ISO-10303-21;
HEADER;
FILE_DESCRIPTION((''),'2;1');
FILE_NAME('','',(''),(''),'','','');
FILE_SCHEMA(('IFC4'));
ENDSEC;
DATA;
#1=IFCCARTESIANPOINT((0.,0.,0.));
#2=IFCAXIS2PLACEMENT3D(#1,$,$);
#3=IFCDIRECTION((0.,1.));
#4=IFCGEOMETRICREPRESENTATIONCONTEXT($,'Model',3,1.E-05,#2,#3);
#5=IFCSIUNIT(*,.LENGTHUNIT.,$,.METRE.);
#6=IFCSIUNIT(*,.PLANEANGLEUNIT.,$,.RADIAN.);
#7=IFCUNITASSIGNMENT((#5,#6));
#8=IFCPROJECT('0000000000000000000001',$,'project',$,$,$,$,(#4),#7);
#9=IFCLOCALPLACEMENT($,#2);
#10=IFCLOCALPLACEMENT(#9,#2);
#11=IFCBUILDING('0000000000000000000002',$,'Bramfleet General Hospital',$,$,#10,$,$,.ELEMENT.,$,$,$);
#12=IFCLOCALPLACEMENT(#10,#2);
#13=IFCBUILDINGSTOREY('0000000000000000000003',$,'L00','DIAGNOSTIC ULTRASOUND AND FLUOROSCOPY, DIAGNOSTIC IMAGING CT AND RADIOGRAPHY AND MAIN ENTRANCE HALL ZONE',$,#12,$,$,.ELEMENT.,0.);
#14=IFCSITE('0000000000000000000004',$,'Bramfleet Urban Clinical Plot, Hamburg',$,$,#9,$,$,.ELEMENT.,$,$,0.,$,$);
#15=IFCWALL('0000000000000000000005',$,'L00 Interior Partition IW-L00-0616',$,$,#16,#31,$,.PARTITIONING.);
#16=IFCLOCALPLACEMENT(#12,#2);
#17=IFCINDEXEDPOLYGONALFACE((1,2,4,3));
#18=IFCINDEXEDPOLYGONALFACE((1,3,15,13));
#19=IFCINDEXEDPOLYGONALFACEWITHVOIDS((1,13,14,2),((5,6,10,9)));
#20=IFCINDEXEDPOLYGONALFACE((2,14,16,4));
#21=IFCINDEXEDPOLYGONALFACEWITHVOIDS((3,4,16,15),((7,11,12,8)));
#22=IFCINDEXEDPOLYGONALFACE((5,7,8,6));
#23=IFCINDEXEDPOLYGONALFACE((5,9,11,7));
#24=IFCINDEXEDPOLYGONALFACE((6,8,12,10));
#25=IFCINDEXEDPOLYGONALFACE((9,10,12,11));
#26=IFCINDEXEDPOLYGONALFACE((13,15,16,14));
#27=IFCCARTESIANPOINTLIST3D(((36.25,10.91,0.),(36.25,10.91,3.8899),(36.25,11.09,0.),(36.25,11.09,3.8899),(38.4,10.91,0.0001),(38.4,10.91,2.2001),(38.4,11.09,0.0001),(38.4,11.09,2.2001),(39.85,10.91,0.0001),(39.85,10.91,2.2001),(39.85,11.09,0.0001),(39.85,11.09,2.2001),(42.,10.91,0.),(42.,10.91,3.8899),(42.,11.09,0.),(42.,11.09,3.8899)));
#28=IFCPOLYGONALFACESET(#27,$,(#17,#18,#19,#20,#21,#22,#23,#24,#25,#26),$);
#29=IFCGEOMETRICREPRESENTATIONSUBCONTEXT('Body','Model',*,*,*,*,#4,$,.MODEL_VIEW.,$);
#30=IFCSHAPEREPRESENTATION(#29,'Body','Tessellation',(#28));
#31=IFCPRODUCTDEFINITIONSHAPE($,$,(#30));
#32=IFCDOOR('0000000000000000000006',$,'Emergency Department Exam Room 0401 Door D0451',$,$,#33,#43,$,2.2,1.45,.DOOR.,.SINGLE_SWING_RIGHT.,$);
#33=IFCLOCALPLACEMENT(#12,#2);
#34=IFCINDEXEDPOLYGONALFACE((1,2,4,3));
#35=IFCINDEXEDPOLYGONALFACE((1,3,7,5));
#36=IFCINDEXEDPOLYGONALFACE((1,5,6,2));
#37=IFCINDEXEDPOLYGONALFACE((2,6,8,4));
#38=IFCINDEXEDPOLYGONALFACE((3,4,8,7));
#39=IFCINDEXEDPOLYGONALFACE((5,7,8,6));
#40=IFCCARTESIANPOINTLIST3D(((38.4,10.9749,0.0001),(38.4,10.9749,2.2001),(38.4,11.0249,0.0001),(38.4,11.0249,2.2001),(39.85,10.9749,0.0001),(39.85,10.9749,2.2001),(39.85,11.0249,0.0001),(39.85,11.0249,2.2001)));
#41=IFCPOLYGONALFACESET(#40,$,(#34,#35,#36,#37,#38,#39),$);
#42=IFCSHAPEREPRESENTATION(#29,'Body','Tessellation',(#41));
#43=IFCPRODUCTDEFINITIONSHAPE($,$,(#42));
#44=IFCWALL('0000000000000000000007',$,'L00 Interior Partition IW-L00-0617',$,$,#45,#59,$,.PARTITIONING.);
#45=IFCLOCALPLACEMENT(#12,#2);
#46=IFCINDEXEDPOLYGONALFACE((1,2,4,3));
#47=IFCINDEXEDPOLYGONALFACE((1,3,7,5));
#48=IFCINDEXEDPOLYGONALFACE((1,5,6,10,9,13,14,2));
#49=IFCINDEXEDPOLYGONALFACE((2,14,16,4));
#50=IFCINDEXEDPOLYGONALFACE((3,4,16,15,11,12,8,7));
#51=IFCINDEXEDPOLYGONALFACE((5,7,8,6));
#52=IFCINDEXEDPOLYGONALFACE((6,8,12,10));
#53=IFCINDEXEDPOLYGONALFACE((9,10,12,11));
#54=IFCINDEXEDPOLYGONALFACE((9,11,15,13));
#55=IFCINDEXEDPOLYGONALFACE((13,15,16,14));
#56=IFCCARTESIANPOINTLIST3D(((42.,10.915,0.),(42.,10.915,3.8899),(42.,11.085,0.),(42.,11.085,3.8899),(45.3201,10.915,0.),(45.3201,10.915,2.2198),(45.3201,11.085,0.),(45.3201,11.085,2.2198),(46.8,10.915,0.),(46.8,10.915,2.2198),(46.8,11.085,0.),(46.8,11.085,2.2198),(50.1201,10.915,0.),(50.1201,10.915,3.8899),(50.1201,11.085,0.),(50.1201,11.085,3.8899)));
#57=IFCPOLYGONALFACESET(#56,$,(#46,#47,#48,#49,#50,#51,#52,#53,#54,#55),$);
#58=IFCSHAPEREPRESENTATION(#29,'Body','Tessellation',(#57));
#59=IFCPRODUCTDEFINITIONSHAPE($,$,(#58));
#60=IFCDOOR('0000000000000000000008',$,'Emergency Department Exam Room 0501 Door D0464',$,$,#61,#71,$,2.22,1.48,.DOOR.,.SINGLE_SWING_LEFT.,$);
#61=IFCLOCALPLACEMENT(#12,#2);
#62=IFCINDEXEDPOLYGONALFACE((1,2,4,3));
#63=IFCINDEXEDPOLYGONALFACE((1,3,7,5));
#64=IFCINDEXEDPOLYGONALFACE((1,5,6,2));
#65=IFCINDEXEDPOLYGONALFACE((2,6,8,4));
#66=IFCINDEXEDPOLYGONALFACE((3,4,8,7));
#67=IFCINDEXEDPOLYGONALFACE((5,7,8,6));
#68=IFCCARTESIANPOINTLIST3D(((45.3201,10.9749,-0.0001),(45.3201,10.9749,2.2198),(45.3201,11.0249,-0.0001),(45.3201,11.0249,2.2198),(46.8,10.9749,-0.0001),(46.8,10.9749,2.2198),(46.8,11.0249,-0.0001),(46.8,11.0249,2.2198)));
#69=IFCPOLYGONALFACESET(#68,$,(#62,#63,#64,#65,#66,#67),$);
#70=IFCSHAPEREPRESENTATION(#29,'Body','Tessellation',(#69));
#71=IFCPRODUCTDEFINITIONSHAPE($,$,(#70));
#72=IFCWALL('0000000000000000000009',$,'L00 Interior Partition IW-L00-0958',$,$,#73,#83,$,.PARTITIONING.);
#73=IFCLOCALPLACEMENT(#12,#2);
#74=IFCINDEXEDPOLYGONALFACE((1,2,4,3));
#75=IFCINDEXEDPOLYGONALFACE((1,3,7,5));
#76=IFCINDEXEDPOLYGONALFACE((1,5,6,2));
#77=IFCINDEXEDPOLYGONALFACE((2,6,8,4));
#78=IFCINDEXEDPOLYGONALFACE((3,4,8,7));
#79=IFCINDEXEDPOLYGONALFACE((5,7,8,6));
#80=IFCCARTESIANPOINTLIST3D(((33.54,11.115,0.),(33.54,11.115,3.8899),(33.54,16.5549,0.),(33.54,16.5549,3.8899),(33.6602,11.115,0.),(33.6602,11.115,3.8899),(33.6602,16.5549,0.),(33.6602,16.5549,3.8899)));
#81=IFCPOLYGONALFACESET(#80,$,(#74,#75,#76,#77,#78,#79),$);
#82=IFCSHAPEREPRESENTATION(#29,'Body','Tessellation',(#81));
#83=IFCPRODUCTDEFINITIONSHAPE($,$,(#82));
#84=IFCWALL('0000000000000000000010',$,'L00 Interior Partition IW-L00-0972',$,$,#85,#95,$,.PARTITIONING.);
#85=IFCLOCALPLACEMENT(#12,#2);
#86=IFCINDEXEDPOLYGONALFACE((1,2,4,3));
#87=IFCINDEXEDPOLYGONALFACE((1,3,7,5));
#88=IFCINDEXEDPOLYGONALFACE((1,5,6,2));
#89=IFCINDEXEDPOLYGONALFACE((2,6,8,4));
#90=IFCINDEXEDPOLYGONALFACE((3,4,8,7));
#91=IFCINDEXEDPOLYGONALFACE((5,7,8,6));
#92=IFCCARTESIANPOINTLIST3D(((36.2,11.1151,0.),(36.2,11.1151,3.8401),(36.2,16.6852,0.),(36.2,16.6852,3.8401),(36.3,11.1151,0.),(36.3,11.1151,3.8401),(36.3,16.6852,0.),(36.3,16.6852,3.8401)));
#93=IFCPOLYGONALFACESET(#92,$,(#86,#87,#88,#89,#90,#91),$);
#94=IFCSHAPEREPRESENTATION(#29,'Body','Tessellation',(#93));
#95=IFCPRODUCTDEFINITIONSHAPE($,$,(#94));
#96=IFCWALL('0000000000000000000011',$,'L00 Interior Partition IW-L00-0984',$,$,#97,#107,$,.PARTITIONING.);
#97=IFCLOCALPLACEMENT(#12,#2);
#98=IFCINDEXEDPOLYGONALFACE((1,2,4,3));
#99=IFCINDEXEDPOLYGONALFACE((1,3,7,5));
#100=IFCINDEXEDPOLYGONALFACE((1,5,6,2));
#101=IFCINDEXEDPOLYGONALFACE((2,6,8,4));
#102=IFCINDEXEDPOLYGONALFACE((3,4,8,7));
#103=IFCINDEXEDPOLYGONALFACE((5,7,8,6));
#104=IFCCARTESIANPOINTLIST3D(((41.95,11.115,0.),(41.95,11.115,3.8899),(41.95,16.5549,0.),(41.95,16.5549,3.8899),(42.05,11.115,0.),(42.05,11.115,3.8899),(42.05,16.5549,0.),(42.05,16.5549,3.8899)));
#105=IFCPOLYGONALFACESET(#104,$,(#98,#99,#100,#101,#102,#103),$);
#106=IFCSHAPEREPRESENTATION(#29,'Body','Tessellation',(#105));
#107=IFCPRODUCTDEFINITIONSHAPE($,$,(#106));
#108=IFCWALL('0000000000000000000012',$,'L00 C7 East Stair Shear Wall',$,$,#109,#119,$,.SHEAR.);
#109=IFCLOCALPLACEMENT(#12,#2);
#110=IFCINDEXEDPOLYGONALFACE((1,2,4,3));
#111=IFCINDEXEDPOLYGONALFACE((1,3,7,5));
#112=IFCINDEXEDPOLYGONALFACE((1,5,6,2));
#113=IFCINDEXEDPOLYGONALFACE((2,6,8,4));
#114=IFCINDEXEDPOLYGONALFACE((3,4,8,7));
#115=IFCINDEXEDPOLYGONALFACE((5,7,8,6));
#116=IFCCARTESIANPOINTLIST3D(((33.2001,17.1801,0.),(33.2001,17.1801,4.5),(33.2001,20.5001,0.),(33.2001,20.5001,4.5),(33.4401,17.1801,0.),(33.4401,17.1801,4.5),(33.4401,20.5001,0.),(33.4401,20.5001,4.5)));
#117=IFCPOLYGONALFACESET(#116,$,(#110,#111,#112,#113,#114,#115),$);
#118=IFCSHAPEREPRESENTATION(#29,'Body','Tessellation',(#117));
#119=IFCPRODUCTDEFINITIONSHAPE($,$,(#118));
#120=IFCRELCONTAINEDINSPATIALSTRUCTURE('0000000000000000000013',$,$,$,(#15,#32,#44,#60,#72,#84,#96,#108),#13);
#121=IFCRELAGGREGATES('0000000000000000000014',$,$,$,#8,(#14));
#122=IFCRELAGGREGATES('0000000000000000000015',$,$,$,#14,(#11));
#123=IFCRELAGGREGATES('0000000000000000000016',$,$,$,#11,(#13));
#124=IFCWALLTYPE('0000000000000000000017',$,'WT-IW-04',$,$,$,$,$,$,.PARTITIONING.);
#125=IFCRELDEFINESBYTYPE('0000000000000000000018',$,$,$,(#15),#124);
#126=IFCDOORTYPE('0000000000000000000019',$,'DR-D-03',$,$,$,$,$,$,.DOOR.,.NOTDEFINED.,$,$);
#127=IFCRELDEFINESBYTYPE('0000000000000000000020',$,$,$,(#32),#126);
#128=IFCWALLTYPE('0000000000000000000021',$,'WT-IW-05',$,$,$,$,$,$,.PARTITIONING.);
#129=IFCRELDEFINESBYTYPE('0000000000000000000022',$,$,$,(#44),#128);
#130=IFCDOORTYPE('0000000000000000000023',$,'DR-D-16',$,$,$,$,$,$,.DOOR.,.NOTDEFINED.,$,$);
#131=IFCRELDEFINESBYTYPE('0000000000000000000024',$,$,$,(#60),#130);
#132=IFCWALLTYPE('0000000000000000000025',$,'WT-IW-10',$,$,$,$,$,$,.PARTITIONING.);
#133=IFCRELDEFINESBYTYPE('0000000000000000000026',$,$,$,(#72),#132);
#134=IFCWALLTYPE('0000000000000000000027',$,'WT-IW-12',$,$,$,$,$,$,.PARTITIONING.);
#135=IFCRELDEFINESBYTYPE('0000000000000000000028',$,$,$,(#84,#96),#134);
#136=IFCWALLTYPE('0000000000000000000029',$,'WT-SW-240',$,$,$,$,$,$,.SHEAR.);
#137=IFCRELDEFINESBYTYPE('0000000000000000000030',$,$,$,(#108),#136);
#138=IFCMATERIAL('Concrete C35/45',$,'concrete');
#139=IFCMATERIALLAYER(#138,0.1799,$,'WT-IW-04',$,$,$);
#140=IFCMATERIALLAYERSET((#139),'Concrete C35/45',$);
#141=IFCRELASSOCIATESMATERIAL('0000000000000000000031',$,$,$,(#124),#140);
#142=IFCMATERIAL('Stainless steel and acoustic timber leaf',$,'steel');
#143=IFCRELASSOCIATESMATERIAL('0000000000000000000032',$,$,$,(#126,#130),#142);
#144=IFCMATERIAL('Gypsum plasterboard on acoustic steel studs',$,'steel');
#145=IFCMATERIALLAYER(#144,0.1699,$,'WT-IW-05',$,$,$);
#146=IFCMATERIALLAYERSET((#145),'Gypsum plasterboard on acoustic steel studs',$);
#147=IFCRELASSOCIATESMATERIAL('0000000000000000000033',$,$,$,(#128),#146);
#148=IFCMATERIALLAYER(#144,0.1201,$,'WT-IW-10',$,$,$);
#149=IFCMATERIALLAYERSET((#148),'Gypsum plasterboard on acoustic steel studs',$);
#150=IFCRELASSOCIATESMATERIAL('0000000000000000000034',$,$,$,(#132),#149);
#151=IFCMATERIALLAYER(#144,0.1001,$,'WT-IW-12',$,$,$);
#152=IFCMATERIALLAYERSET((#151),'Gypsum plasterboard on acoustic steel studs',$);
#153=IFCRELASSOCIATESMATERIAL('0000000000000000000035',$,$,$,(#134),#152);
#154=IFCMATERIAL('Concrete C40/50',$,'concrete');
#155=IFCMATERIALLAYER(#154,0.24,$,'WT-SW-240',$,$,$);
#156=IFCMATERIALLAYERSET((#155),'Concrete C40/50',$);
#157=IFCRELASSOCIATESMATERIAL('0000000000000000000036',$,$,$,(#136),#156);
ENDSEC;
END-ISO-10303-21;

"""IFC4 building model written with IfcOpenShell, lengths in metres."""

from ifc_helpers import new_model, si_unit, direction, frame, frame_2d, origin, place, context, subcontext, project, spatial, rectangle, extrude, material, layer, layer_set, type_object, element, fill, save


model = new_model("IFC4")

# Units and contexts
model_context = context("Model", 3, precision=1e-05, world=origin(), true_north=direction((0.0, 1.0)))
body_context = subcontext(model_context, "Body", "Model", "MODEL_VIEW")
ifc_project = project(units=[si_unit("LENGTHUNIT", "METRE"), si_unit("PLANEANGLEUNIT", "RADIAN")], contexts=[model_context])

# Site, building, storey
site_placement = place(None, origin())
site = spatial("IfcSite", under=ifc_project, at=site_placement, Name="Bramfleet Urban Clinical Plot, Hamburg", CompositionType="ELEMENT", RefElevation=0.0)
building_placement = place(site_placement, origin())
building = spatial("IfcBuilding", under=site, at=building_placement, Name="Bramfleet General Hospital", CompositionType="ELEMENT")
storey_placement = place(building_placement, origin())
storey = spatial("IfcBuildingStorey", under=building, at=storey_placement, Name="L00", Description="DIAGNOSTIC ULTRASOUND AND FLUOROSCOPY, DIAGNOSTIC IMAGING CT AND RADIOGRAPHY AND MAIN ENTRANCE HALL ZONE", CompositionType="ELEMENT", Elevation=0.0)

# Shared definitions
ifc_material_1 = material(Name="Concrete C40/50", Category="concrete")

# Shared definitions
ifc_material_2 = material(Name="Concrete C35/45", Category="concrete")

# Walls, openings, doors
ifc_layer_1 = layer(ifc_material_2, 0.1799, Name="WT-IW-04")
ifc_layer_set_1 = layer_set([ifc_layer_1], Name="Concrete C35/45")
wall_type_1 = type_object("IfcWallType", Name="WT-IW-04", PredefinedType="PARTITIONING", material=ifc_layer_set_1)
ifc_material_3 = material(Name="Stainless steel and acoustic timber leaf", Category="steel")
wall_1_placement = place(storey_placement, frame((36.25, 11.0, 0.0), z_axis=(0.0, 0.0, 1.0), x_axis=(1.0, 0.0, 0.0)))
wall_1 = element("IfcWall", 1, at=wall_1_placement, inside=storey, type_object=wall_type_1, Name="L00 Interior Partition IW-L00-0616", PredefinedType="PARTITIONING", context=body_context, shape_type="SweptSolid", body=[
    extrude(rectangle(XDim=5.75, YDim=0.1799, at=frame_2d((2.875, 0.0))), origin(), (0.0, 0.0, 1.0), 3.8899),
])
opening_1_placement = place(wall_1_placement, frame((2.1499, 0.0, 0.0)))
opening_1 = element("IfcOpeningElement", 2, at=opening_1_placement, cuts=wall_1, PredefinedType="OPENING", context=body_context, shape_type="SweptSolid", body=[
    extrude(rectangle(XDim=1.45, YDim=2.2, at=frame_2d((0.7251, 1.1001))), frame((0.0, 0.0999, 0.0), z_axis=(0.0, -1.0, 0.0), x_axis=(1.0, 0.0, 0.0)), (0.0, 0.0, 1.0), 0.2),
])
door_type_1 = type_object("IfcDoorType", Name="DR-D-03", OperationType="NOTDEFINED", PredefinedType="DOOR", material=ifc_material_3)
door_1_placement = place(opening_1_placement, origin())
door_1 = element("IfcDoor", 3, at=door_1_placement, inside=storey, type_object=door_type_1, Name="Emergency Department Exam Room 0401 Door D0451", OperationType="SINGLE_SWING_RIGHT", OverallHeight=2.2, OverallWidth=1.45, PredefinedType="DOOR", context=body_context, shape_type="SweptSolid", body=[
    extrude(rectangle(XDim=1.45, YDim=2.2, at=frame_2d((0.7251, 1.1001))), frame((0.0, 0.0249, 0.0), z_axis=(0.0, -1.0, 0.0), x_axis=(1.0, 0.0, 0.0)), (0.0, 0.0, 1.0), 0.05),
])
fill(opening_1, door_1)
ifc_material_4 = material(Name="Gypsum plasterboard on acoustic steel studs", Category="steel")
ifc_layer_2 = layer(ifc_material_4, 0.1699, Name="WT-IW-05")
ifc_layer_set_2 = layer_set([ifc_layer_2], Name="Gypsum plasterboard on acoustic steel studs")
wall_type_2 = type_object("IfcWallType", Name="WT-IW-05", PredefinedType="PARTITIONING", material=ifc_layer_set_2)
wall_2_placement = place(storey_placement, frame((42.0, 11.0, 0.0), z_axis=(0.0, 0.0, 1.0), x_axis=(1.0, 0.0, 0.0)))
wall_2 = element("IfcWall", 4, at=wall_2_placement, inside=storey, type_object=wall_type_2, Name="L00 Interior Partition IW-L00-0617", PredefinedType="PARTITIONING", context=body_context, shape_type="SweptSolid", body=[
    extrude(rectangle(XDim=8.1201, YDim=0.1699, at=frame_2d((4.0601, 0.0))), origin(), (0.0, 0.0, 1.0), 3.8899),
])
opening_2_placement = place(wall_2_placement, frame((3.3201, 0.0, 0.0)))
opening_2 = element("IfcOpeningElement", 5, at=opening_2_placement, cuts=wall_2, PredefinedType="OPENING", context=body_context, shape_type="SweptSolid", body=[
    extrude(rectangle(XDim=1.48, YDim=2.22, at=frame_2d((0.74, 1.1099))), frame((0.0, 0.095, 0.0), z_axis=(0.0, -1.0, 0.0), x_axis=(1.0, 0.0, 0.0)), (0.0, 0.0, 1.0), 0.1899),
])
door_type_2 = type_object("IfcDoorType", Name="DR-D-16", OperationType="NOTDEFINED", PredefinedType="DOOR", material=ifc_material_3)
door_2_placement = place(opening_2_placement, origin())
door_2 = element("IfcDoor", 6, at=door_2_placement, inside=storey, type_object=door_type_2, Name="Emergency Department Exam Room 0501 Door D0464", OperationType="SINGLE_SWING_LEFT", OverallHeight=2.22, OverallWidth=1.48, PredefinedType="DOOR", context=body_context, shape_type="SweptSolid", body=[
    extrude(rectangle(XDim=1.48, YDim=2.22, at=frame_2d((0.74, 1.1099))), frame((0.0, 0.0249, 0.0), z_axis=(0.0, -1.0, 0.0), x_axis=(1.0, 0.0, 0.0)), (0.0, 0.0, 1.0), 0.05),
])
fill(opening_2, door_2)

# Walls
ifc_layer_3 = layer(ifc_material_4, 0.1201, Name="WT-IW-10")
ifc_layer_set_3 = layer_set([ifc_layer_3], Name="Gypsum plasterboard on acoustic steel studs")
wall_type_3 = type_object("IfcWallType", Name="WT-IW-10", PredefinedType="PARTITIONING", material=ifc_layer_set_3)
wall_3_placement = place(storey_placement, frame((33.6001, 11.115, 0.0), z_axis=(0.0, 0.0, 1.0), x_axis=(0.0, 1.0, 0.0)))
element("IfcWall", 7, at=wall_3_placement, inside=storey, type_object=wall_type_3, Name="L00 Interior Partition IW-L00-0958", PredefinedType="PARTITIONING", context=body_context, shape_type="SweptSolid", body=[
    extrude(rectangle(XDim=5.4399, YDim=0.1201, at=frame_2d((2.72, 0.0))), origin(), (0.0, 0.0, 1.0), 3.8899),
])
ifc_layer_4 = layer(ifc_material_4, 0.1001, Name="WT-IW-12")
ifc_layer_set_4 = layer_set([ifc_layer_4], Name="Gypsum plasterboard on acoustic steel studs")
wall_type_4 = type_object("IfcWallType", Name="WT-IW-12", PredefinedType="PARTITIONING", material=ifc_layer_set_4)
wall_4_placement = place(storey_placement, frame((36.25, 11.115, 0.0), z_axis=(0.0, 0.0, 1.0), x_axis=(0.0, 1.0, 0.0)))
element("IfcWall", 8, at=wall_4_placement, inside=storey, type_object=wall_type_4, Name="L00 Interior Partition IW-L00-0972", PredefinedType="PARTITIONING", context=body_context, shape_type="SweptSolid", body=[
    extrude(rectangle(XDim=5.5701, YDim=0.1001, at=frame_2d((2.7852, 0.0))), origin(), (0.0, 0.0, 1.0), 3.8401),
])
wall_5_placement = place(storey_placement, frame((42.0, 11.115, 0.0), z_axis=(0.0, 0.0, 1.0), x_axis=(0.0, 1.0, 0.0)))
element("IfcWall", 9, at=wall_5_placement, inside=storey, type_object=wall_type_4, Name="L00 Interior Partition IW-L00-0984", PredefinedType="PARTITIONING", context=body_context, shape_type="SweptSolid", body=[
    extrude(rectangle(XDim=5.4399, YDim=0.1001, at=frame_2d((2.72, 0.0))), origin(), (0.0, 0.0, 1.0), 3.8899),
])
ifc_layer_5 = layer(ifc_material_1, 0.24, Name="WT-SW-240")
ifc_layer_set_5 = layer_set([ifc_layer_5], Name="Concrete C40/50")
wall_type_5 = type_object("IfcWallType", Name="WT-SW-240", PredefinedType="SHEAR", material=ifc_layer_set_5)
wall_6_placement = place(storey_placement, frame((33.3201, 17.1799, 0.0), z_axis=(0.0, 0.0, 1.0), x_axis=(0.0, 1.0, 0.0)))
element("IfcWall", 10, at=wall_6_placement, inside=storey, type_object=wall_type_5, Name="L00 C7 East Stair Shear Wall", PredefinedType="SHEAR", context=body_context, shape_type="SweptSolid", body=[
    extrude(rectangle(XDim=3.3201, YDim=0.24, at=frame_2d((1.6602, 0.0))), origin(), (0.0, 0.0, 1.0), 4.5),
])

save(model, "model.ifc")
